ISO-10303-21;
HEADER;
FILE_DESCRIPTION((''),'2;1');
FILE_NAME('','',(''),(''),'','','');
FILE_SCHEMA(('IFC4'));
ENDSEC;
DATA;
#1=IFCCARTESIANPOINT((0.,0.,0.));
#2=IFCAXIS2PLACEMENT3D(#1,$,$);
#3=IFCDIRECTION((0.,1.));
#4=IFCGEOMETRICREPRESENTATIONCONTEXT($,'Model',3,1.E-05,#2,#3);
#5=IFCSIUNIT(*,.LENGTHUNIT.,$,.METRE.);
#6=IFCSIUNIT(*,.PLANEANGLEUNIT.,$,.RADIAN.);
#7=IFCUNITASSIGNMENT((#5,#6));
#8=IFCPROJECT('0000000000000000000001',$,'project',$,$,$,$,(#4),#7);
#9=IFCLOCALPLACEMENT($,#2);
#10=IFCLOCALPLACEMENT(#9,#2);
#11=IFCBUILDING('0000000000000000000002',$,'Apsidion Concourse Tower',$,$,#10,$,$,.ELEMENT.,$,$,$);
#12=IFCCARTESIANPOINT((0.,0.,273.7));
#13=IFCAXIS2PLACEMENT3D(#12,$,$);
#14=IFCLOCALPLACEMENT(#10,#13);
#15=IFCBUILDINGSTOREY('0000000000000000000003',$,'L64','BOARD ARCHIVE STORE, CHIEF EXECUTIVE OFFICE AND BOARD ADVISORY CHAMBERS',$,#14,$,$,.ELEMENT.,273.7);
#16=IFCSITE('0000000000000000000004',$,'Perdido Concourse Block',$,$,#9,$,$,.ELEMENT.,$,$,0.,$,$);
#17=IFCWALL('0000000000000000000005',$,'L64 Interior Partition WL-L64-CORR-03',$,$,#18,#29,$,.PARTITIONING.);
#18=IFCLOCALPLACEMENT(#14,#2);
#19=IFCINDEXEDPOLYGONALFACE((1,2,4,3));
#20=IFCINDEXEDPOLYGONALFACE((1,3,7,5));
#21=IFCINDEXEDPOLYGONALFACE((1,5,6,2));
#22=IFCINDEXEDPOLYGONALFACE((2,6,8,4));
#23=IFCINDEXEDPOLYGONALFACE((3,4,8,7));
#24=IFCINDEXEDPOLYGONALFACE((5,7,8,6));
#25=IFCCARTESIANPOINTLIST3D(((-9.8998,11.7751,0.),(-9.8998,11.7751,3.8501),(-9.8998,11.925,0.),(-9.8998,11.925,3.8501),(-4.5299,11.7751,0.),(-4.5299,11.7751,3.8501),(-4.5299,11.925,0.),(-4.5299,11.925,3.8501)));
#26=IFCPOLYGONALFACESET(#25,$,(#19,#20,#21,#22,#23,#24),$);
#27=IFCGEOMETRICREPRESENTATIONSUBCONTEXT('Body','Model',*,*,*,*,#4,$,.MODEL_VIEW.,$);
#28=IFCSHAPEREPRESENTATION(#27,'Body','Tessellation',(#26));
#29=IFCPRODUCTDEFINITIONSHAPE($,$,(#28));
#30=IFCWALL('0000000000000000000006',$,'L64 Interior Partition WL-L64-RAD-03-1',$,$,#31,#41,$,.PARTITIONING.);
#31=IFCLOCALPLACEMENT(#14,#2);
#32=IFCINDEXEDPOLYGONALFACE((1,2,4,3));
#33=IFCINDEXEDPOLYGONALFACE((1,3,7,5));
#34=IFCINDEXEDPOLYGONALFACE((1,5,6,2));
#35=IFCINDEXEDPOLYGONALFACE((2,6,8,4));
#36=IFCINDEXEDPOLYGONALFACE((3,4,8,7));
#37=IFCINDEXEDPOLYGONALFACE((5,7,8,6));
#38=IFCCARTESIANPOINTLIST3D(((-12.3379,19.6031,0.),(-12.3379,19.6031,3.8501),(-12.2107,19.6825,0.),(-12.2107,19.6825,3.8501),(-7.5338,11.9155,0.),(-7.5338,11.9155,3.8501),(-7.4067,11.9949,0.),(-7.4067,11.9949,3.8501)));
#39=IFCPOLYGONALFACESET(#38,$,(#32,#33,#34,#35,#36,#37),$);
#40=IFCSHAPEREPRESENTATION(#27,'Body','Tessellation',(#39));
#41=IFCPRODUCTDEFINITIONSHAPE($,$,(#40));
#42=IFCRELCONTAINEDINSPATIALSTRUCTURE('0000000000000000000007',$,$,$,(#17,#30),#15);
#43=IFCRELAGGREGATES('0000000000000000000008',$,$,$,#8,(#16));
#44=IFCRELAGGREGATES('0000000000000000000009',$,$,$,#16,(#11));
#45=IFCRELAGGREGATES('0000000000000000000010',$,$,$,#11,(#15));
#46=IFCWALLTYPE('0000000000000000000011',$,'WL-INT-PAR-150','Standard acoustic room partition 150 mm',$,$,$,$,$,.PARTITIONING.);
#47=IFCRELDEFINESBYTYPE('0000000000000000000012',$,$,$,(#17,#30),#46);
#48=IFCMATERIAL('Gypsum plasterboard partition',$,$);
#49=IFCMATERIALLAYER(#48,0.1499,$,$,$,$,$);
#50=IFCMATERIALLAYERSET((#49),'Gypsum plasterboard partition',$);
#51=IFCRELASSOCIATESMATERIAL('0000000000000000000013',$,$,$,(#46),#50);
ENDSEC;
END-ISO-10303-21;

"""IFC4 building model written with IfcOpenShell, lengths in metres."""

from ifc_helpers import new_model, si_unit, direction, frame, frame_2d, origin, place, context, subcontext, project, spatial, rectangle, extrude, material, layer, layer_set, type_object, element, save


model = new_model("IFC4")

# Units and contexts
model_context = context("Model", 3, precision=1e-05, world=origin(), true_north=direction((0.0, 1.0)))
body_context = subcontext(model_context, "Body", "Model", "MODEL_VIEW")
ifc_project = project(units=[si_unit("LENGTHUNIT", "METRE"), si_unit("PLANEANGLEUNIT", "RADIAN")], contexts=[model_context])

# Site, building, storey
site_placement = place(None, origin())
site = spatial("IfcSite", under=ifc_project, at=site_placement, Name="Perdido Concourse Block", CompositionType="ELEMENT", RefElevation=0.0)
building_placement = place(site_placement, origin())
building = spatial("IfcBuilding", under=site, at=building_placement, Name="Apsidion Concourse Tower", CompositionType="ELEMENT")
storey_placement = place(building_placement, frame((0.0, 0.0, 273.7)))
storey = spatial("IfcBuildingStorey", under=building, at=storey_placement, Name="L64", Description="BOARD ARCHIVE STORE, CHIEF EXECUTIVE OFFICE AND BOARD ADVISORY CHAMBERS", CompositionType="ELEMENT", Elevation=273.7)

# Walls
ifc_material_1 = material(Name="Gypsum plasterboard partition")
ifc_layer_1 = layer(ifc_material_1, 0.1499)
ifc_layer_set_1 = layer_set([ifc_layer_1], Name="Gypsum plasterboard partition")
wall_type_1 = type_object("IfcWallType", Name="WL-INT-PAR-150", Description="Standard acoustic room partition 150 mm", PredefinedType="PARTITIONING", material=ifc_layer_set_1)
wall_1_placement = place(storey_placement, frame((-9.8999, 11.8501, 0.0), z_axis=(0.0, 0.0, 1.0), x_axis=(1.0, 0.0, 0.0)))
element("IfcWall", 1, at=wall_1_placement, inside=storey, type_object=wall_type_1, Name="L64 Interior Partition WL-L64-CORR-03", PredefinedType="PARTITIONING", context=body_context, shape_type="SweptSolid", body=[
    extrude(rectangle(XDim=5.3699, YDim=0.1499, at=frame_2d((2.6851, 0.0))), origin(), (0.0, 0.0, 1.0), 3.8501),
])
wall_2_placement = place(storey_placement, frame((-7.4702, 11.9551, 0.0), z_axis=(0.0, 0.0, 1.0), x_axis=(-0.529941, 0.848035, 0.0)))
element("IfcWall", 2, at=wall_2_placement, inside=storey, type_object=wall_type_1, Name="L64 Interior Partition WL-L64-RAD-03-1", PredefinedType="PARTITIONING", context=body_context, shape_type="SweptSolid", body=[
    extrude(rectangle(XDim=9.0652, YDim=0.1499, at=frame_2d((4.5327, 0.0))), origin(), (0.0, 0.0, 1.0), 3.8501),
])

save(model, "model.ifc")
